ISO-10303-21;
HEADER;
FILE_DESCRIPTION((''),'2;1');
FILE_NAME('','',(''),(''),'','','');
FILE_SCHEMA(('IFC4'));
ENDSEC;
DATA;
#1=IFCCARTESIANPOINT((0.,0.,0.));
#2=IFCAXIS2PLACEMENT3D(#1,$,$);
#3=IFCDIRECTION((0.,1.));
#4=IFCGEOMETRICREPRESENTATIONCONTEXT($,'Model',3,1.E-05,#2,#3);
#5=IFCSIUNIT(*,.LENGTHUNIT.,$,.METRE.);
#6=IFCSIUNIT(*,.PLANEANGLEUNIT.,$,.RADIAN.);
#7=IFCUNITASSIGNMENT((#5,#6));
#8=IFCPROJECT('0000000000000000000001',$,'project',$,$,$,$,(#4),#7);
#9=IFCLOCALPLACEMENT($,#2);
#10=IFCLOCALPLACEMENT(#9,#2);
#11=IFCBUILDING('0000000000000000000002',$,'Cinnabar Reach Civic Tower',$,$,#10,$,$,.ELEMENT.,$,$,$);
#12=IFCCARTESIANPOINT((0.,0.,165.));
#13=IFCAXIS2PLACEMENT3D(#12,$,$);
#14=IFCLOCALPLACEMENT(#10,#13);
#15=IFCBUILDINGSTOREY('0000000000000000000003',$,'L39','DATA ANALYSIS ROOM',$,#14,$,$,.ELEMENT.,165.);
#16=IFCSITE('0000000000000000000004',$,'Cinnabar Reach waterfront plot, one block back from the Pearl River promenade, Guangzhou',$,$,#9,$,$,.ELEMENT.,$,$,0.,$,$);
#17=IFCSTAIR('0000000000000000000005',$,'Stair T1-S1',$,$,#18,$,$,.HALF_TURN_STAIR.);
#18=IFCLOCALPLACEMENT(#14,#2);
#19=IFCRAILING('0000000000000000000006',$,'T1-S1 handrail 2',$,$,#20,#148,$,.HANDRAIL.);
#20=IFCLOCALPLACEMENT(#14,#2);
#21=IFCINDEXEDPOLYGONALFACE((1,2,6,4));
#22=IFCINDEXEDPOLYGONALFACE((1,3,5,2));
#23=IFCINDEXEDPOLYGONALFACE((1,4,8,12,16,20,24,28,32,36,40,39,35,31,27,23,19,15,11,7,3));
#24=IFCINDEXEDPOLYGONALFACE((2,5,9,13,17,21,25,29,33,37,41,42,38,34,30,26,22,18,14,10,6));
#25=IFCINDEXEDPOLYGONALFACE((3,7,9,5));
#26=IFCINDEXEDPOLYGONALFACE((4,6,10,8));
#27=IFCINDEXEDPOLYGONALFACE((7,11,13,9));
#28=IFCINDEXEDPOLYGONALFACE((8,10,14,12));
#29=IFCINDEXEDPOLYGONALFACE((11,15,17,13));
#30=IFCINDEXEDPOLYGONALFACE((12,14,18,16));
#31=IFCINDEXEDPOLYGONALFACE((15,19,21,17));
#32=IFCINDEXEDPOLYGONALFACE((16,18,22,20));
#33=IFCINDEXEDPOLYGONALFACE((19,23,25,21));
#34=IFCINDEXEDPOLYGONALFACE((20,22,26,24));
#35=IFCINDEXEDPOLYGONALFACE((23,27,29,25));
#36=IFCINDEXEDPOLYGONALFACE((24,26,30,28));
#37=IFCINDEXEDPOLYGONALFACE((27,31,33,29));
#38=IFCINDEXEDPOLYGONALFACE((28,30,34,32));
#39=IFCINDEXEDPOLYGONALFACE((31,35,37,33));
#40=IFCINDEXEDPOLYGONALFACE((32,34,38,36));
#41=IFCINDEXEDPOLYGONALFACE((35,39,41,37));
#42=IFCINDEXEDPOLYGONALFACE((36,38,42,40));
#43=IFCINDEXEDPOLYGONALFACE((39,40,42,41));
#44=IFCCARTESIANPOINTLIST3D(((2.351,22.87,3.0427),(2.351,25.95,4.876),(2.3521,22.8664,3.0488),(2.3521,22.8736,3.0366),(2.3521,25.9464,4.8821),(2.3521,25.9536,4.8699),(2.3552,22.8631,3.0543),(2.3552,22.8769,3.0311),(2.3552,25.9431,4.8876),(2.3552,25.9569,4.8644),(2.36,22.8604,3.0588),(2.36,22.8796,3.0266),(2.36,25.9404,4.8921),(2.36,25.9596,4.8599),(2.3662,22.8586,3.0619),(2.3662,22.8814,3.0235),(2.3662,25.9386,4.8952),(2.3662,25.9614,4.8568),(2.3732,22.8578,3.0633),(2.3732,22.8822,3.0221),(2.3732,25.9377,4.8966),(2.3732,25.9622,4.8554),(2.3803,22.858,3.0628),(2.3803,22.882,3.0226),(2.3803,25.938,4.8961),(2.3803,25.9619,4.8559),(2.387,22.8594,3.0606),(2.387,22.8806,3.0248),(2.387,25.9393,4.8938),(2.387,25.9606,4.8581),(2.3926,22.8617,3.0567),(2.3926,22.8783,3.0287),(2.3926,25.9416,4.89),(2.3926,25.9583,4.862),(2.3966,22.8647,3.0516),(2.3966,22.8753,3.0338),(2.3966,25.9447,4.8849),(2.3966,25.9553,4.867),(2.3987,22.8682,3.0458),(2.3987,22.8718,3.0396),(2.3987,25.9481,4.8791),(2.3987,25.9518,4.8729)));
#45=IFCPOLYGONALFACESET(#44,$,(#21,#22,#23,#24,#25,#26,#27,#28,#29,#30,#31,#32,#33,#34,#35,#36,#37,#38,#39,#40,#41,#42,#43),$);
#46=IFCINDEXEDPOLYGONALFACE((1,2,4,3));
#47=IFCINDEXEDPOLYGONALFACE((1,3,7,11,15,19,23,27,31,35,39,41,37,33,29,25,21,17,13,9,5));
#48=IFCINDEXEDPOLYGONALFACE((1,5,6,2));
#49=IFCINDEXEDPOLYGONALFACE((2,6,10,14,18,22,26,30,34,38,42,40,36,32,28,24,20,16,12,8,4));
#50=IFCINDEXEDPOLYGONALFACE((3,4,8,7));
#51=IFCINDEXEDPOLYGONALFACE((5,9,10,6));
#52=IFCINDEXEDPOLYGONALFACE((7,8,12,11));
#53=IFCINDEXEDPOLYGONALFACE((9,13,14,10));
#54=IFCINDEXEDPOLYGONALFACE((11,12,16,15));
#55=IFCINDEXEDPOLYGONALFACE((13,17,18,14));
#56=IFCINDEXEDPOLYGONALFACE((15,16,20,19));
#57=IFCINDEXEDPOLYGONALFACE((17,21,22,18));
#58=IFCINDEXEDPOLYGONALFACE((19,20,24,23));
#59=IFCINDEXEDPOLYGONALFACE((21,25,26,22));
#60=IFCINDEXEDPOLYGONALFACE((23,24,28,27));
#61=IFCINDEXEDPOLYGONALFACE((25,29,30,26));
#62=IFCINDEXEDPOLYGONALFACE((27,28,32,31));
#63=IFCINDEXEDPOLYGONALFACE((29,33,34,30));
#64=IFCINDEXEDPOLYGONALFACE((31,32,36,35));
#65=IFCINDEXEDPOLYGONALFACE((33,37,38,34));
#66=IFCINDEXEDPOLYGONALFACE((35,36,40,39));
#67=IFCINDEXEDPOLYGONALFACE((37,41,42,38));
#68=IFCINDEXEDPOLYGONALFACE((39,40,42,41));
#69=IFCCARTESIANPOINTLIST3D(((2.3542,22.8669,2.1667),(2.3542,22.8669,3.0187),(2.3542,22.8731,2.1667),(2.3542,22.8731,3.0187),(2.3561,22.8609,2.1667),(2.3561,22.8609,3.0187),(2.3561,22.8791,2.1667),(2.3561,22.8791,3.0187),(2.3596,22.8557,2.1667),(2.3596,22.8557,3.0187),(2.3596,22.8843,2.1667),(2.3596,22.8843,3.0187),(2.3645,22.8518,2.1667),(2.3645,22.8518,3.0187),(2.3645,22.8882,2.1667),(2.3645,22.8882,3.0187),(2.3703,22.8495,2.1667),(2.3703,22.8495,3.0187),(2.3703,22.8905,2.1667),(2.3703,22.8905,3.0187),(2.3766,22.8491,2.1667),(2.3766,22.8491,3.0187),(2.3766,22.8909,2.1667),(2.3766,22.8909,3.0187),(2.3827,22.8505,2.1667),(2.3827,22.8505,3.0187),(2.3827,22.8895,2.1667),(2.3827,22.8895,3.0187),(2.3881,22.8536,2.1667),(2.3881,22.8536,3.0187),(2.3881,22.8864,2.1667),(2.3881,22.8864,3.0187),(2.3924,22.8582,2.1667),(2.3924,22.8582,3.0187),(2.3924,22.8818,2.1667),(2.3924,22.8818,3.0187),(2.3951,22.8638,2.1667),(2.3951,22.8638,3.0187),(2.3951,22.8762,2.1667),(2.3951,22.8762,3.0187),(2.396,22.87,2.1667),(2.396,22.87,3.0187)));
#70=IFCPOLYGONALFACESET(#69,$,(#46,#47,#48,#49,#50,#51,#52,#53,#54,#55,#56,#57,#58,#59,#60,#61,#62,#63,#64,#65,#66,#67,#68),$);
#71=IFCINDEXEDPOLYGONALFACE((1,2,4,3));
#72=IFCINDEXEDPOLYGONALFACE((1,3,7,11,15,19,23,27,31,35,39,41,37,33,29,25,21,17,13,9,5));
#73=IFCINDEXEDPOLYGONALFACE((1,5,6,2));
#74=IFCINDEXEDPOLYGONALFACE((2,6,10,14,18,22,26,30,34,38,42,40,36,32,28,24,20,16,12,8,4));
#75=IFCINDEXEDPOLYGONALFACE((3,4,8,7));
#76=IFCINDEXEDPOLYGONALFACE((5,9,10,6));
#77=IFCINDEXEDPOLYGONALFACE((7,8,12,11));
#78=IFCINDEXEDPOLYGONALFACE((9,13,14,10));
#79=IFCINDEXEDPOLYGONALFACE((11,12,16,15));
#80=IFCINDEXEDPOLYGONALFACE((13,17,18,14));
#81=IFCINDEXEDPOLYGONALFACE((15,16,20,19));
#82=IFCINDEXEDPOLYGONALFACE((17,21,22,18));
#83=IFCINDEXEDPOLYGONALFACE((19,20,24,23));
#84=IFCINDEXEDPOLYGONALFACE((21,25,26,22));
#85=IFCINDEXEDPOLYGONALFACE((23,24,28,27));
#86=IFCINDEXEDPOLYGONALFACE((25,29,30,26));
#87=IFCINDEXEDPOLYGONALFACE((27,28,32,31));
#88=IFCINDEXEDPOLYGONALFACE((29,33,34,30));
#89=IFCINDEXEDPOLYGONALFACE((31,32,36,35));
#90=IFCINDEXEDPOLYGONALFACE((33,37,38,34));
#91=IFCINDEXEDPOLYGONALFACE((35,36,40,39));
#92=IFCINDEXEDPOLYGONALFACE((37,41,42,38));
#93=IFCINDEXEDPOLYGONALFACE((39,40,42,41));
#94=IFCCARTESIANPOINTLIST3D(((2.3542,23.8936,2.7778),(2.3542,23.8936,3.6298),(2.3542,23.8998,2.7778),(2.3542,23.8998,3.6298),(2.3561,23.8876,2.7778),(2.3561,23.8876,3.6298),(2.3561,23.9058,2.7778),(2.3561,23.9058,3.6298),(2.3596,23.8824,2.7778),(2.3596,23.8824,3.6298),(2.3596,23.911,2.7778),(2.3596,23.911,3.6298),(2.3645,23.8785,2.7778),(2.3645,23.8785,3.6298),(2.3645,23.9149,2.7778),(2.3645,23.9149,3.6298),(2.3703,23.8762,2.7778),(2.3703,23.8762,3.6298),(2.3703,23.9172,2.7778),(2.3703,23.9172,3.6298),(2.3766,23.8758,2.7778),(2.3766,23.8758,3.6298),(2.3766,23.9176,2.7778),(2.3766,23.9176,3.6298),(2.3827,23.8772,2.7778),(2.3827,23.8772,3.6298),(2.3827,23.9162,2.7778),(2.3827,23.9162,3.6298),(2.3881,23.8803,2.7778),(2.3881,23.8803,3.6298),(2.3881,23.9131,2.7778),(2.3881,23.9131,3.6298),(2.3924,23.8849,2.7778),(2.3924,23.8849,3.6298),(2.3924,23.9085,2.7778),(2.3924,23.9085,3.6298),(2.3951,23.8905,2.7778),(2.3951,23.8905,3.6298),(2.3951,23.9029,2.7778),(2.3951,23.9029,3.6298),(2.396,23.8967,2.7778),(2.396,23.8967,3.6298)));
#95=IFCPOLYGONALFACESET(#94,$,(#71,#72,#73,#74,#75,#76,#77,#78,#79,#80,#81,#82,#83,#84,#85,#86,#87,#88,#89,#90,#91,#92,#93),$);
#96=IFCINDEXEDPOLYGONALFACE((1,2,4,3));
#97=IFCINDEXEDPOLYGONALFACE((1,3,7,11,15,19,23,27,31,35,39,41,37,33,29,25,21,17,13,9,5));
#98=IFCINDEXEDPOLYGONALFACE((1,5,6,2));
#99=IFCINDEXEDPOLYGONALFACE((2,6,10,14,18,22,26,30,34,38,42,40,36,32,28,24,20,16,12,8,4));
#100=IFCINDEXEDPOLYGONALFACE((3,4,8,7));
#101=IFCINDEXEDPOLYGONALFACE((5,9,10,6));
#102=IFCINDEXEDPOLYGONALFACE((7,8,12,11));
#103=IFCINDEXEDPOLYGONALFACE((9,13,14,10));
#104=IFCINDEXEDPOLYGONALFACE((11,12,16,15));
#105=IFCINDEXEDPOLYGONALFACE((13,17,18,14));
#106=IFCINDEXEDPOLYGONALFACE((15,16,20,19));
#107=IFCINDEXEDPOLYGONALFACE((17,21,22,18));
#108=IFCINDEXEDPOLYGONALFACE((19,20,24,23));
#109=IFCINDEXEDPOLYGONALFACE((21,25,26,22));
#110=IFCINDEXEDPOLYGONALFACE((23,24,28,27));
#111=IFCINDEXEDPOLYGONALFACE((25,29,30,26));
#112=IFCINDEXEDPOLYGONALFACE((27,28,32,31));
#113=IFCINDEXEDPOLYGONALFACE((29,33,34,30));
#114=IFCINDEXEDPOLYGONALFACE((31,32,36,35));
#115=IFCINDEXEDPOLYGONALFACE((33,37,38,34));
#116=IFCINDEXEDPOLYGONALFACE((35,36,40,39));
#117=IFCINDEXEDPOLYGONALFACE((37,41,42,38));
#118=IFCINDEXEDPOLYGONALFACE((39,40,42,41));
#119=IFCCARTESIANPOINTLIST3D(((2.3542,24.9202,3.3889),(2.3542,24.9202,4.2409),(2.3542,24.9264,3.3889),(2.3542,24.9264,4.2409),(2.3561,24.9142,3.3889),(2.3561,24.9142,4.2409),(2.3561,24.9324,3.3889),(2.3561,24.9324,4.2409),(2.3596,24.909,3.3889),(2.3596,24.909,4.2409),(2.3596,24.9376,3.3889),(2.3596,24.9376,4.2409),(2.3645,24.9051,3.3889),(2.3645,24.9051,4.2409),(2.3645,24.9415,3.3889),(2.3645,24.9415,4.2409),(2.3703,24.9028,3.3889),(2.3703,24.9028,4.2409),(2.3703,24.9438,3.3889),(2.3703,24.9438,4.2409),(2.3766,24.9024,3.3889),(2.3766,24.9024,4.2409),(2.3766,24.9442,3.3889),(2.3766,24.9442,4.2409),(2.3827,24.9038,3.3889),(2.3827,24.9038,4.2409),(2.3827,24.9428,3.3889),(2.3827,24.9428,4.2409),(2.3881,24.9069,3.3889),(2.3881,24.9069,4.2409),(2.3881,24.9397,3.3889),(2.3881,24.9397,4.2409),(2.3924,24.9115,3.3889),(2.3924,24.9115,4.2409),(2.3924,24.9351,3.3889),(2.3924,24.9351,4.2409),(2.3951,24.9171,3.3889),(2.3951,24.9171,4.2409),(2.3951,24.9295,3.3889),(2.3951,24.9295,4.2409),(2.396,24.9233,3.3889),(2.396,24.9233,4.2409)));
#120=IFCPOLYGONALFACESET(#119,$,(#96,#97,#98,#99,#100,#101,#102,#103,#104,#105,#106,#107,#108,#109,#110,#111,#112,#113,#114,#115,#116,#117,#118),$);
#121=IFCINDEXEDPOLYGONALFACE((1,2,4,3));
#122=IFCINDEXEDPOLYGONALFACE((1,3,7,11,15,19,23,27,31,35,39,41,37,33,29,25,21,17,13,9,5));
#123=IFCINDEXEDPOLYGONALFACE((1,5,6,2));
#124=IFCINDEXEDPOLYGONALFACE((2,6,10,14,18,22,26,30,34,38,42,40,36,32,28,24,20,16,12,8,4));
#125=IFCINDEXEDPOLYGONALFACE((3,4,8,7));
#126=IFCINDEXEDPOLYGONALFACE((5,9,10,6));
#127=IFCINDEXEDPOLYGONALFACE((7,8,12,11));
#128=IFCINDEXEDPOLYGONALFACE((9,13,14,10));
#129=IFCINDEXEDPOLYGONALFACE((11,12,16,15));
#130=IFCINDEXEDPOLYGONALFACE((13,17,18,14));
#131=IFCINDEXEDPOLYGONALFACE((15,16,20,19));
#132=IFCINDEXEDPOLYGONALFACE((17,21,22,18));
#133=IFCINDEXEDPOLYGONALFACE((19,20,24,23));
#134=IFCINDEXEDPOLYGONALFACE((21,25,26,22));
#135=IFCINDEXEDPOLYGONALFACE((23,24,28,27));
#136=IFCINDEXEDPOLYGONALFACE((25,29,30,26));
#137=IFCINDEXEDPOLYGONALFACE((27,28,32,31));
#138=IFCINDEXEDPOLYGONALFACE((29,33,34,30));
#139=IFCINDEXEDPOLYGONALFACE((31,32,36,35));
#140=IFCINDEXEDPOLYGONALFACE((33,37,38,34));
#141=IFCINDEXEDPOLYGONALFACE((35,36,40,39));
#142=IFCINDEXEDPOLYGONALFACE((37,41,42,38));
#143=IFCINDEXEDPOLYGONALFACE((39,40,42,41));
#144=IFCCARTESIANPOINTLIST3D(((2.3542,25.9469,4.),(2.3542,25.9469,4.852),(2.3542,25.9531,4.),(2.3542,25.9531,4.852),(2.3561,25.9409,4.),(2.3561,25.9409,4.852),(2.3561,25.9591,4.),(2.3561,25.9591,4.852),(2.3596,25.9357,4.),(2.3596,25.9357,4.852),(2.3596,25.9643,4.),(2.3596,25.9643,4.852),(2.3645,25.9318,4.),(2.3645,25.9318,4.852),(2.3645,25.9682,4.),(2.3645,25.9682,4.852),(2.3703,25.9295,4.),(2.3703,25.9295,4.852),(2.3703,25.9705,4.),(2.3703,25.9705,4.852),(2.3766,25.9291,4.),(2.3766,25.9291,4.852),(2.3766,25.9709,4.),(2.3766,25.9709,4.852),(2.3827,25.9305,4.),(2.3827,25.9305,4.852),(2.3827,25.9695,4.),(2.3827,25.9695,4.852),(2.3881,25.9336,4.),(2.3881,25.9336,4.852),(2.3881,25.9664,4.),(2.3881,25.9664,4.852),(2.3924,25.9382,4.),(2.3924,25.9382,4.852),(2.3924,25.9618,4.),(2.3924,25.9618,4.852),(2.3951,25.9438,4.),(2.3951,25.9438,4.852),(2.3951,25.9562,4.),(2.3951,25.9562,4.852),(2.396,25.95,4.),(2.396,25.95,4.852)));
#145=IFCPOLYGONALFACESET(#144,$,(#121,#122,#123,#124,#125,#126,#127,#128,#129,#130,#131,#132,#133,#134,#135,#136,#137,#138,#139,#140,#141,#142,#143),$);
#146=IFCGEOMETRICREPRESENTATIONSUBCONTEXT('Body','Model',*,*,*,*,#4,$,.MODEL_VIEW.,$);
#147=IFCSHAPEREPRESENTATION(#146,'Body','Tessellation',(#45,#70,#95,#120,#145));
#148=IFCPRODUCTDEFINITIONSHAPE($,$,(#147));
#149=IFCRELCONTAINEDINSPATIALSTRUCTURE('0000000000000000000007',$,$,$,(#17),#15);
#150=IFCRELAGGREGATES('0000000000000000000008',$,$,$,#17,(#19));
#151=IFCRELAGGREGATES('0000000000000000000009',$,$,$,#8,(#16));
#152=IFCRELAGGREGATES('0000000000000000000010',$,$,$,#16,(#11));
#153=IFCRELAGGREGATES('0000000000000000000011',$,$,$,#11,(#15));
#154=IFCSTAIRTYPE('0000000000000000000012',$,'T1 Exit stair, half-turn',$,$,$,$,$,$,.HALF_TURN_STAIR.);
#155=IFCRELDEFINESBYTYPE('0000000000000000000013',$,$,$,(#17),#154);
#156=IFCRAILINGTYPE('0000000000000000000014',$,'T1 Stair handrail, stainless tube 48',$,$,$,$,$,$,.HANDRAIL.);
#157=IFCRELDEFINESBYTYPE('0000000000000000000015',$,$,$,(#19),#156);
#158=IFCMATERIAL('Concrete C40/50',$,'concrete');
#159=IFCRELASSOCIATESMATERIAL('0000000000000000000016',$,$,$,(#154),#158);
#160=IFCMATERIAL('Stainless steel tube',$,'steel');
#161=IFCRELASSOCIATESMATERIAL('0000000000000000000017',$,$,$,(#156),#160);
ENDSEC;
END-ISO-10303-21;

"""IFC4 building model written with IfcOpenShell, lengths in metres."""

from ifc_helpers import new_model, si_unit, direction, frame, origin, origin_2d, place, context, subcontext, project, spatial, circle, extrude, material, type_object, element, aggregate, save


model = new_model("IFC4")

# Units and contexts
model_context = context("Model", 3, precision=1e-05, world=origin(), true_north=direction((0.0, 1.0)))
body_context = subcontext(model_context, "Body", "Model", "MODEL_VIEW")
ifc_project = project(units=[si_unit("LENGTHUNIT", "METRE"), si_unit("PLANEANGLEUNIT", "RADIAN")], contexts=[model_context])

# Site, building, storey
site_placement = place(None, origin())
site = spatial("IfcSite", under=ifc_project, at=site_placement, Name="Cinnabar Reach waterfront plot, one block back from the Pearl River promenade, Guangzhou", CompositionType="ELEMENT", RefElevation=0.0)
building_placement = place(site_placement, origin())
building = spatial("IfcBuilding", under=site, at=building_placement, Name="Cinnabar Reach Civic Tower", CompositionType="ELEMENT")
storey_placement = place(building_placement, frame((0.0, 0.0, 165.0)))
storey = spatial("IfcBuildingStorey", under=building, at=storey_placement, Name="L39", Description="DATA ANALYSIS ROOM", CompositionType="ELEMENT", Elevation=165.0)

# Shared definitions
ifc_material_1 = material(Name="Concrete C40/50", Category="concrete")

# Stair, railing
stair_type = type_object("IfcStairType", Name="T1 Exit stair, half-turn", PredefinedType="HALF_TURN_STAIR", material=ifc_material_1)
stair_placement = place(storey_placement, origin())
stair = element("IfcStair", 1, at=stair_placement, inside=storey, type_object=stair_type, Name="Stair T1-S1", PredefinedType="HALF_TURN_STAIR")
ifc_material_2 = material(Name="Stainless steel tube", Category="steel")
railing_type = type_object("IfcRailingType", Name="T1 Stair handrail, stainless tube 48", PredefinedType="HANDRAIL", material=ifc_material_2)
railing_1_placement = place(storey_placement, frame((2.375, 22.87, 2.1667)))
railing_1 = element("IfcRailing", 2, at=railing_1_placement, type_object=railing_type, Name="T1-S1 handrail 2", PredefinedType="HANDRAIL", context=body_context, shape_type="SweptSolid", body=[
    extrude(circle(Radius=0.024, at=origin_2d()), frame((0.0, 0.0, 0.876), z_axis=(0.0, 0.859297, 0.511477), x_axis=(-1.0, 0.0, 0.0)), (0.0, 0.0, 1.0), 3.5843),
    extrude(circle(Radius=0.021, at=origin_2d()), origin(), (0.0, 0.0, 1.0), 0.852),
    extrude(circle(Radius=0.021, at=origin_2d()), frame((0.0, 1.0267, 0.6111)), (0.0, 0.0, 1.0), 0.852),
    extrude(circle(Radius=0.021, at=origin_2d()), frame((0.0, 2.0533, 1.2222)), (0.0, 0.0, 1.0), 0.852),
    extrude(circle(Radius=0.021, at=origin_2d()), frame((0.0, 3.08, 1.8333)), (0.0, 0.0, 1.0), 0.852),
])
aggregate(stair, [railing_1])

save(model, "model.ifc")
